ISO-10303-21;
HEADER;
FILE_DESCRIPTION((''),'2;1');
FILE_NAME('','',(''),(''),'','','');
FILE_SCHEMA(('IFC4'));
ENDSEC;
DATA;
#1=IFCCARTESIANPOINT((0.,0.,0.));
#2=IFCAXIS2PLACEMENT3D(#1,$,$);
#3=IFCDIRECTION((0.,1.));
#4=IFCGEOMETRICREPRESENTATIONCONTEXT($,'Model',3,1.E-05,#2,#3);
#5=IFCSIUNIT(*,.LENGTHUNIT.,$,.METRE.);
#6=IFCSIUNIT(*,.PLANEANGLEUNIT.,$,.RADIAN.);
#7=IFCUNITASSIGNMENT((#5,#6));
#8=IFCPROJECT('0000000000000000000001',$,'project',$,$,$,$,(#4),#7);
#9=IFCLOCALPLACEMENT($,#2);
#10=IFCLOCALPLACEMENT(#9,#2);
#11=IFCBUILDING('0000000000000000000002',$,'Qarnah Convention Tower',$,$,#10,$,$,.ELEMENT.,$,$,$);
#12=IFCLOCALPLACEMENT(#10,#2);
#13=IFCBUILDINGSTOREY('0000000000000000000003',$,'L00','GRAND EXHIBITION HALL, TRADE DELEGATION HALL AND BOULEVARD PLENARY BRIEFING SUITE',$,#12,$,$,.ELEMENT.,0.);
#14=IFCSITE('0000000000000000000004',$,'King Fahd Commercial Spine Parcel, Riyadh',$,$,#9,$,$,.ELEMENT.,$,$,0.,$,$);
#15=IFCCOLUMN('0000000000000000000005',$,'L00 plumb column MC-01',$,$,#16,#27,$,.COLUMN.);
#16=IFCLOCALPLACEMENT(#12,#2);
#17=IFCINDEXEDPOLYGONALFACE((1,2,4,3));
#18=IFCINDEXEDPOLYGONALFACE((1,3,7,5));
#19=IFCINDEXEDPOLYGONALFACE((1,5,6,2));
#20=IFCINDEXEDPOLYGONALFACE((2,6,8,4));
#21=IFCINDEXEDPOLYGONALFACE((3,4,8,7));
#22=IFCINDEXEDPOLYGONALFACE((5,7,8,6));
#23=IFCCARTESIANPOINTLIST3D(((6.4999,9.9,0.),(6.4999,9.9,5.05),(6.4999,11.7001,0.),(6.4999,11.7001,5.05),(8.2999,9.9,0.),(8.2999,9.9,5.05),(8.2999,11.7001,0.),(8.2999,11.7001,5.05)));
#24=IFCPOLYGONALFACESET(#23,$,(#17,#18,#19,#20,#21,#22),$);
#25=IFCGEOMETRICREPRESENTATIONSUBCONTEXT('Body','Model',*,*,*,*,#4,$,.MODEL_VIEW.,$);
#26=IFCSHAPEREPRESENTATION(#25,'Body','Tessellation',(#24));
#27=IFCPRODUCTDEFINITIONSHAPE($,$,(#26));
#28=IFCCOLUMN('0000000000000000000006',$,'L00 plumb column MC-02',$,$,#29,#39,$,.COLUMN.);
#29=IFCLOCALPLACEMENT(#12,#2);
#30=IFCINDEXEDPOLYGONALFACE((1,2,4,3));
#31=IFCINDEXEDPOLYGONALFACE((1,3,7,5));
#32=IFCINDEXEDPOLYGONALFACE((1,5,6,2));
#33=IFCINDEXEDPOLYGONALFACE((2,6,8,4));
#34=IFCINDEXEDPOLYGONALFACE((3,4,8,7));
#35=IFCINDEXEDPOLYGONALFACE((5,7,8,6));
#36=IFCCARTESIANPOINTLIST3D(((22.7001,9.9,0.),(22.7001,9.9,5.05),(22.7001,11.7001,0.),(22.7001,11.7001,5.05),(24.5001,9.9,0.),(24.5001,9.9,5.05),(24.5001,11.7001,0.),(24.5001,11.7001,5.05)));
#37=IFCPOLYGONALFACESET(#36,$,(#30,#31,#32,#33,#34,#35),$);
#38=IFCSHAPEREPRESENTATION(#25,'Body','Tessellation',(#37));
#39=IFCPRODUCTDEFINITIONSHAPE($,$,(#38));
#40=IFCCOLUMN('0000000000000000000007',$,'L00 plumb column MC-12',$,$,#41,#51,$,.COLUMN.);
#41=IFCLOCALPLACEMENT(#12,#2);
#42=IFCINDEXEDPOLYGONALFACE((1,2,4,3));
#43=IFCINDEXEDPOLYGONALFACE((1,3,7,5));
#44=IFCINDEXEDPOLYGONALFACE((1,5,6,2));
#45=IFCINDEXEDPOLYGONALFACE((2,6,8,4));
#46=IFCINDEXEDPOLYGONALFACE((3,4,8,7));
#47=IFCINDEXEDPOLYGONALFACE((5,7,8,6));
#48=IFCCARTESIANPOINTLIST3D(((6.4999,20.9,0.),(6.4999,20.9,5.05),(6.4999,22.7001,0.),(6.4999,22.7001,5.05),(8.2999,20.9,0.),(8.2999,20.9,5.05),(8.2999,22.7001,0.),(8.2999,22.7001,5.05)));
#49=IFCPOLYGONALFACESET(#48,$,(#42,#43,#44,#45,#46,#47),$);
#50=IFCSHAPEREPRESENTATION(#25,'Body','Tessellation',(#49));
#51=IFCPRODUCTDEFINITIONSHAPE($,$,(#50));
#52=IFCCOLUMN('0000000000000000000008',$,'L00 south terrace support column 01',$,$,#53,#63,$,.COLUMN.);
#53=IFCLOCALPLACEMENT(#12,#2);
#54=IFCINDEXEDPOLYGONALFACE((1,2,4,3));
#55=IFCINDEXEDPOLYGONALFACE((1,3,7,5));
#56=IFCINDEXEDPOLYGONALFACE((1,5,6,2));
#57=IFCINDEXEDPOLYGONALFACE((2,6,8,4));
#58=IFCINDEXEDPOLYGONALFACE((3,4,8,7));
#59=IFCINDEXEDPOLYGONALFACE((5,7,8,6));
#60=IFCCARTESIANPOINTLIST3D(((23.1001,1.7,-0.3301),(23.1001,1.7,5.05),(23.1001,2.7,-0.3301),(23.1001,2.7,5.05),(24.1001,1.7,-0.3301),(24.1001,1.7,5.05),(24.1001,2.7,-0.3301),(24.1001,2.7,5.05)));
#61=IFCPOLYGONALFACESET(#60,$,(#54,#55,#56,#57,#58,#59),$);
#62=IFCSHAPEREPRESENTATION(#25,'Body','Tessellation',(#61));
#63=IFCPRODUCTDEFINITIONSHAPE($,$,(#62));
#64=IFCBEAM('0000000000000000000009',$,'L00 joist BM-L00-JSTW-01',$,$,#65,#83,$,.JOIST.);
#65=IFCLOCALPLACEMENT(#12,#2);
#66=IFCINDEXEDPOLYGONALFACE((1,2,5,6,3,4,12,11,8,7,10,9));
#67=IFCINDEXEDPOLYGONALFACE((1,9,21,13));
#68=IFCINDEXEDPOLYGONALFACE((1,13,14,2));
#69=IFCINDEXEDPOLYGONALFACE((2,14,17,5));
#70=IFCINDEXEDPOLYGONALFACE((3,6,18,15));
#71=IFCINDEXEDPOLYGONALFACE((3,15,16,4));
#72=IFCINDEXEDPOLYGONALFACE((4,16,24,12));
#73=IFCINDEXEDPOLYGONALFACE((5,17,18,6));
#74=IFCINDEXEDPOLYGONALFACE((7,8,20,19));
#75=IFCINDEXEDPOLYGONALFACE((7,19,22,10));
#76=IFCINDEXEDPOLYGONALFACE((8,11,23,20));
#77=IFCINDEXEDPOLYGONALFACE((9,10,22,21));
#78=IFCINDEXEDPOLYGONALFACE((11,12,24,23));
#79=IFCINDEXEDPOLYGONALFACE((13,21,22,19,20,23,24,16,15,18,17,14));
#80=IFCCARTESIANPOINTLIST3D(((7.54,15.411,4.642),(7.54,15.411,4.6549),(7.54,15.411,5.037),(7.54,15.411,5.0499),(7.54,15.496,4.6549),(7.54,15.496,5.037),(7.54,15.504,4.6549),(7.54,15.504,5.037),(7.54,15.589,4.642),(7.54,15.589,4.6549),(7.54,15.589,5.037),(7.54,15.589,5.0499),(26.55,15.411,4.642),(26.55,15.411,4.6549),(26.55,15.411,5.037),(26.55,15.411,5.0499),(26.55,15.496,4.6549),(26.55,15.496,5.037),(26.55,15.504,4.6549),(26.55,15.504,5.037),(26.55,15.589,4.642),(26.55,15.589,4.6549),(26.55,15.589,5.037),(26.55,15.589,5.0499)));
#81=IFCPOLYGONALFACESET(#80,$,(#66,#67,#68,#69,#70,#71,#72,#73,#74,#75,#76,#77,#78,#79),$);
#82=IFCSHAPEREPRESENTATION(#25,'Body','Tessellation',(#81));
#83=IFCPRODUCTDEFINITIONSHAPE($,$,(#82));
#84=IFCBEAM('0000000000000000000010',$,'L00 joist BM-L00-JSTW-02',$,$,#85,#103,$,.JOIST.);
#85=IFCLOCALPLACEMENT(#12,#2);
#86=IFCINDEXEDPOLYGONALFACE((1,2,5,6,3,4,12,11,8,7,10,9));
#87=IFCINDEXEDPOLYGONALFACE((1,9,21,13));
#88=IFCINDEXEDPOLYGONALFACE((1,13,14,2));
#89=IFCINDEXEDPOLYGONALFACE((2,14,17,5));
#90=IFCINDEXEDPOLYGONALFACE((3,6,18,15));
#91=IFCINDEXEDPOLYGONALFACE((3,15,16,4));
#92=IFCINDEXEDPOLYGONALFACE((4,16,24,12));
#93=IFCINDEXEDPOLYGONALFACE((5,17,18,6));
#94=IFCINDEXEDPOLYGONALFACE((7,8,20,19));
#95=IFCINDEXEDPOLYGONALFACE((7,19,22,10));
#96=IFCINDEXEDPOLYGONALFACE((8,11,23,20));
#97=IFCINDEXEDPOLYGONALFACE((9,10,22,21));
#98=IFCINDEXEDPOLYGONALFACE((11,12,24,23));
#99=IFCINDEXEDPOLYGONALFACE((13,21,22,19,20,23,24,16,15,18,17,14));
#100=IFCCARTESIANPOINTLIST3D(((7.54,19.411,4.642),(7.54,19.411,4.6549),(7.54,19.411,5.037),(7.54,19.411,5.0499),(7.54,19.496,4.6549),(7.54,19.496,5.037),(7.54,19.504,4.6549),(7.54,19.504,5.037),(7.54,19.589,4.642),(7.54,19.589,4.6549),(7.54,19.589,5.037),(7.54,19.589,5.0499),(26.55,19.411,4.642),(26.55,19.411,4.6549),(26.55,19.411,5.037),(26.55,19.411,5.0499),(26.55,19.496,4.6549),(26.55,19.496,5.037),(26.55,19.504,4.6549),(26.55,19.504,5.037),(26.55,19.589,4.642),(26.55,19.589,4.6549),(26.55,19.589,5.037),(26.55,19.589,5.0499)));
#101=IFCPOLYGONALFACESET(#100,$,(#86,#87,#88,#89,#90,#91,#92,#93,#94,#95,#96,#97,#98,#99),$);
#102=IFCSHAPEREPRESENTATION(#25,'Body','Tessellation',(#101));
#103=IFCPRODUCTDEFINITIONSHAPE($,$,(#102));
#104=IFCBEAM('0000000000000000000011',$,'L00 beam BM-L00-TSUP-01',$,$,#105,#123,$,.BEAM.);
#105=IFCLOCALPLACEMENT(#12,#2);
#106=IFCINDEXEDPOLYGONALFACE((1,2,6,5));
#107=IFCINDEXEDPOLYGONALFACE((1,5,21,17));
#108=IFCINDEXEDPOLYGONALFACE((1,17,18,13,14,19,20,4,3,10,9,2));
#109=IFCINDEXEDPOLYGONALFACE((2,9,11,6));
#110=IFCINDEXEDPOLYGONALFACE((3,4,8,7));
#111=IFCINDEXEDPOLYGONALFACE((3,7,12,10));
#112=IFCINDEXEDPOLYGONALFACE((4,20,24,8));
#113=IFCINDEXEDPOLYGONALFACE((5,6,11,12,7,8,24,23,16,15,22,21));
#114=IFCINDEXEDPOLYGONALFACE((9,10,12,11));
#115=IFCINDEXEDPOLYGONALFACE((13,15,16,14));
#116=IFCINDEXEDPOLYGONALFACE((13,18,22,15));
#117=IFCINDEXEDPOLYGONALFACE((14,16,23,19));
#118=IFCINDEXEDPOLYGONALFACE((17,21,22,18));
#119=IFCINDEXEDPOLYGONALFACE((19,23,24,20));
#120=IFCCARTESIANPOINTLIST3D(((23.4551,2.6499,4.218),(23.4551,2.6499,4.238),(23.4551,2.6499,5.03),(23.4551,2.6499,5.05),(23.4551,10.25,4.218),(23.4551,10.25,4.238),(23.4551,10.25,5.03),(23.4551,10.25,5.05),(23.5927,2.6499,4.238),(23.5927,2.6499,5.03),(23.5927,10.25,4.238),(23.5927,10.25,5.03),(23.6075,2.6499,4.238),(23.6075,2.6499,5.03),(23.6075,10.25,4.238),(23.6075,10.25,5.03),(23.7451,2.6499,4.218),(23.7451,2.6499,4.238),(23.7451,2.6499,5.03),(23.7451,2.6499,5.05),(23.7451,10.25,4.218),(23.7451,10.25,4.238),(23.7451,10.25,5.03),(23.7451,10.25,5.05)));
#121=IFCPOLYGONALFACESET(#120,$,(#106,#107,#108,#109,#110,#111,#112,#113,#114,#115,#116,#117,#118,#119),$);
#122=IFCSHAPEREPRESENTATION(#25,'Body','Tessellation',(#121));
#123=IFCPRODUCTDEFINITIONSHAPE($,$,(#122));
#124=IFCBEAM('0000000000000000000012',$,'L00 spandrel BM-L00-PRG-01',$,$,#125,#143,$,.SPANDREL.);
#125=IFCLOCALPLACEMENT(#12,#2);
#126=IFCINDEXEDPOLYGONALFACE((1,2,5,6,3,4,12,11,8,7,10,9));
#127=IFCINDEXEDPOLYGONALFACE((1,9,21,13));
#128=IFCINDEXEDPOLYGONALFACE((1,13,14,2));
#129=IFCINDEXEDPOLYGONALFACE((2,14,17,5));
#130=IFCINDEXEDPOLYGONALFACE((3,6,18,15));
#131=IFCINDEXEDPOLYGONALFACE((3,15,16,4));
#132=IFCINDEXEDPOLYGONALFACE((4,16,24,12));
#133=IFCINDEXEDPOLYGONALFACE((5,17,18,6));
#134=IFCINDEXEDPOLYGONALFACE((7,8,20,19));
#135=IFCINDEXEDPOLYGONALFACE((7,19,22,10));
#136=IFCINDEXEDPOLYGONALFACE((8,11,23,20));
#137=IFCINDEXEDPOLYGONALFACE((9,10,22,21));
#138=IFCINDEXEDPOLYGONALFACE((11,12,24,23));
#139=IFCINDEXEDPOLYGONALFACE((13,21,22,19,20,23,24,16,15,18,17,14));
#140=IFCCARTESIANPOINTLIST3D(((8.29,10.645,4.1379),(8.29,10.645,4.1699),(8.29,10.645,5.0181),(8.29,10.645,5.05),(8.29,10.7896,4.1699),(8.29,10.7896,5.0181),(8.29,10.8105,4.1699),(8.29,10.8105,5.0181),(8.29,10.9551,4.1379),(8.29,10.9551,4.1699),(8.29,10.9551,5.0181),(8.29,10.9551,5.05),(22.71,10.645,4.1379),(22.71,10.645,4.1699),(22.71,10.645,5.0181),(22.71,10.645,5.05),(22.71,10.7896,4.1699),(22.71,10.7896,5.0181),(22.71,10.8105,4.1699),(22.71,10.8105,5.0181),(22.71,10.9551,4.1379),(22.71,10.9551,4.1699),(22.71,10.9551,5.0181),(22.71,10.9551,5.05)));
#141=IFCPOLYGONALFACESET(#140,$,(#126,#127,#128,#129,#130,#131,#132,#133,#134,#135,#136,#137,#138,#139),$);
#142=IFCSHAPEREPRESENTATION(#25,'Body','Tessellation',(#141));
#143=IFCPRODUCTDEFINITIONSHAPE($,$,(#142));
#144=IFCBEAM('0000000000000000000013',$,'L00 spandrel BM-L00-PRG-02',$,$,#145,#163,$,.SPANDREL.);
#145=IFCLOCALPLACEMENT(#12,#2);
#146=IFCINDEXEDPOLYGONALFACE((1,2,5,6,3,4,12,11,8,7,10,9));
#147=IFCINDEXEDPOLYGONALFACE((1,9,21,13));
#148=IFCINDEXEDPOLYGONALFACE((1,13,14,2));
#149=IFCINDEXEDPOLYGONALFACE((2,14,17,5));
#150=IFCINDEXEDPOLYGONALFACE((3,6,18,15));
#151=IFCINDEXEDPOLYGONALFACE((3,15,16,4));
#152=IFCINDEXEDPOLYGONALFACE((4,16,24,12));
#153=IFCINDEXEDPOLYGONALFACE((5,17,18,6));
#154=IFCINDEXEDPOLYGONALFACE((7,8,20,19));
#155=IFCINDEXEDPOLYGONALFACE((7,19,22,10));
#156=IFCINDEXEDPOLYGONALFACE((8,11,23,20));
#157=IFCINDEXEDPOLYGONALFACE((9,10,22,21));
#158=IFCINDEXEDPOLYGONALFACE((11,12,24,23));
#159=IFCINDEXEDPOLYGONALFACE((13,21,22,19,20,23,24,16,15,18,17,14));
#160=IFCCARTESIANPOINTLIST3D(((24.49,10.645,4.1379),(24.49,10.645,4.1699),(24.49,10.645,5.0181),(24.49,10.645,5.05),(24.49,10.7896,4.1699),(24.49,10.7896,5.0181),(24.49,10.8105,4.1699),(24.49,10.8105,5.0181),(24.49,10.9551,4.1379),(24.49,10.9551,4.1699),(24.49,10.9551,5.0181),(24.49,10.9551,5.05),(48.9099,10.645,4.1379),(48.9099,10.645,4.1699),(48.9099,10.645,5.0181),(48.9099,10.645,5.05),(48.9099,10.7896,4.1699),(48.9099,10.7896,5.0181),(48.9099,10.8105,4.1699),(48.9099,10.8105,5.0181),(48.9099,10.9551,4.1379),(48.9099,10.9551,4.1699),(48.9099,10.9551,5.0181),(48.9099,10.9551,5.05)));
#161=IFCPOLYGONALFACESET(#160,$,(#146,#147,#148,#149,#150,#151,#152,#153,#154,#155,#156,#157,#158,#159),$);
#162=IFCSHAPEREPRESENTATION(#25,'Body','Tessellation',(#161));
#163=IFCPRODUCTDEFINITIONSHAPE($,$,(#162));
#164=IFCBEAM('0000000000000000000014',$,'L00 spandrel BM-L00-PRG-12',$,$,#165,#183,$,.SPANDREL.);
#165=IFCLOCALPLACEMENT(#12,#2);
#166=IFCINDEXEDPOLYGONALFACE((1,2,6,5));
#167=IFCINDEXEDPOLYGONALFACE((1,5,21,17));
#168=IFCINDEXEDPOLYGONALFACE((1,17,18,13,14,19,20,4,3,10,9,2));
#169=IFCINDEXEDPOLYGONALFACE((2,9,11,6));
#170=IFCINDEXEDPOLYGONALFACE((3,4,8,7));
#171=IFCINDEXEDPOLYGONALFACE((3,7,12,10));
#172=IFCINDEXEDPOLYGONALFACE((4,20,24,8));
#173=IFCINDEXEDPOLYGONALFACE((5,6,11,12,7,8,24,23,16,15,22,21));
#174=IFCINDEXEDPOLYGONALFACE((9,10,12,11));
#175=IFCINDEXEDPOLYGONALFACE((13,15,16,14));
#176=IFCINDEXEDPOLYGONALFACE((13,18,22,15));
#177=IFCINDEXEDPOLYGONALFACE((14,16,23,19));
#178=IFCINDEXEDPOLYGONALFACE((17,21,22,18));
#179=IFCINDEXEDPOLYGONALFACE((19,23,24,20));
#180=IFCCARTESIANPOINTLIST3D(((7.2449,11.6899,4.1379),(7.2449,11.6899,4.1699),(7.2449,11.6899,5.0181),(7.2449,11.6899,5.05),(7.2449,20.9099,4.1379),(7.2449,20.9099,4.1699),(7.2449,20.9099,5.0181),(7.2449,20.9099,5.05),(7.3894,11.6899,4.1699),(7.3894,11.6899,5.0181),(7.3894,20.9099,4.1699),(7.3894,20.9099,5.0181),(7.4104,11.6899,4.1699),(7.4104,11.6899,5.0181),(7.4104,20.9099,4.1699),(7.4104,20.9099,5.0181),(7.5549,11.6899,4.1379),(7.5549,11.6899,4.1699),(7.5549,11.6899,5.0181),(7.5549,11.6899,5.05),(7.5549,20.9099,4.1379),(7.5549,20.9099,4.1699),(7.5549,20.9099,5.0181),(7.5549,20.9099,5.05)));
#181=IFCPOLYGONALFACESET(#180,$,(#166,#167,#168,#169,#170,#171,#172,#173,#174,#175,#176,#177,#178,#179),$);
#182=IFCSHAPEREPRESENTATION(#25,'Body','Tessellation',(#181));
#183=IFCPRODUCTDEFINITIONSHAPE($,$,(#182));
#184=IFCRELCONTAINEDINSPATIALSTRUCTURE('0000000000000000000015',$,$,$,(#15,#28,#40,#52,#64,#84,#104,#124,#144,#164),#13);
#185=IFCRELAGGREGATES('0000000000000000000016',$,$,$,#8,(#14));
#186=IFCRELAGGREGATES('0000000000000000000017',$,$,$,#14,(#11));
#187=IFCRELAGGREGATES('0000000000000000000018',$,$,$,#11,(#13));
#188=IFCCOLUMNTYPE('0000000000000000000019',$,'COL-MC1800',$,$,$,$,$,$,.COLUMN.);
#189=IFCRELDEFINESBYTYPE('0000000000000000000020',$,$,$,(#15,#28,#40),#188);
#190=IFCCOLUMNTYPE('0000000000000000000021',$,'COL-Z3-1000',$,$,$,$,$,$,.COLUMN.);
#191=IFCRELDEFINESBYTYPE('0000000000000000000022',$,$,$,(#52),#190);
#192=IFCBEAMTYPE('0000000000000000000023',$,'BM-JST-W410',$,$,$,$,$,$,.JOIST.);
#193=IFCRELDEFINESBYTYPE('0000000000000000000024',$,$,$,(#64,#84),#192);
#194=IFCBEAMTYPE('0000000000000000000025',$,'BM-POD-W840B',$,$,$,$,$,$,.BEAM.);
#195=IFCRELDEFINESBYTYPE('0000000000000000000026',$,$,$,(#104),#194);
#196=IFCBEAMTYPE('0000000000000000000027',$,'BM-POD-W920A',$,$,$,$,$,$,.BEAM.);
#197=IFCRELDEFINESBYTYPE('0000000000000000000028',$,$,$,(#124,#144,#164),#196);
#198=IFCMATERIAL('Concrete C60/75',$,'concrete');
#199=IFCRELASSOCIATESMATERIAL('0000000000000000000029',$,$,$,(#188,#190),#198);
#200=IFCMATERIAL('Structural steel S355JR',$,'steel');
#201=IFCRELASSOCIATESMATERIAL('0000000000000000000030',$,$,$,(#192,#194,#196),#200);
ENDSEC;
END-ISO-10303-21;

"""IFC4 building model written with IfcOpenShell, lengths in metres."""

from ifc_helpers import new_model, si_unit, direction, frame, origin, origin_2d, place, context, subcontext, project, spatial, rectangle, i_section, extrude, material, material_profile, profile_set, type_object, element, save


model = new_model("IFC4")

# Units and contexts
model_context = context("Model", 3, precision=1e-05, world=origin(), true_north=direction((0.0, 1.0)))
body_context = subcontext(model_context, "Body", "Model", "MODEL_VIEW")
ifc_project = project(units=[si_unit("LENGTHUNIT", "METRE"), si_unit("PLANEANGLEUNIT", "RADIAN")], contexts=[model_context])

# Site, building, storey
site_placement = place(None, origin())
site = spatial("IfcSite", under=ifc_project, at=site_placement, Name="King Fahd Commercial Spine Parcel, Riyadh", CompositionType="ELEMENT", RefElevation=0.0)
building_placement = place(site_placement, origin())
building = spatial("IfcBuilding", under=site, at=building_placement, Name="Qarnah Convention Tower", CompositionType="ELEMENT")
storey_placement = place(building_placement, origin())
storey = spatial("IfcBuildingStorey", under=building, at=storey_placement, Name="L00", Description="GRAND EXHIBITION HALL, TRADE DELEGATION HALL AND BOULEVARD PLENARY BRIEFING SUITE", CompositionType="ELEMENT", Elevation=0.0)

# Columns
ifc_material_1 = material(Name="Concrete C60/75", Category="concrete")
ifc_material_profile_1 = material_profile(ifc_material_1, rectangle(XDim=1.8, YDim=1.8, at=origin_2d()), Name="RC-COL-1800X1800")
ifc_profile_set_1 = profile_set([ifc_material_profile_1], Name="Concrete C60/75")
column_type_1 = type_object("IfcColumnType", Name="COL-MC1800", PredefinedType="COLUMN", material=ifc_profile_set_1)
for number, where, z_axis, x_axis, name in (
    (1, (7.3999, 10.8, 0.0), (0.0, 0.0, 1.0), (1.0, 0.0, 0.0), "L00 plumb column MC-01"),
    (2, (23.6001, 10.8, 0.0), (0.0, 0.0, 1.0), (1.0, 0.0, 0.0), "L00 plumb column MC-02"),
    (3, (7.3999, 21.8, 0.0), (0.0, 0.0, 1.0), (1.0, 0.0, 0.0), "L00 plumb column MC-12"),
):
    element("IfcColumn", number, at=place(storey_placement, frame(where, z_axis=z_axis, x_axis=x_axis)), inside=storey, type_object=column_type_1, Name=name, PredefinedType="COLUMN", context=body_context, shape_type="SweptSolid", body=[
        extrude(rectangle(XDim=1.8, YDim=1.8, at=origin_2d()), origin(), (0.0, 0.0, 1.0), 5.05),
    ])
ifc_material_profile_2 = material_profile(ifc_material_1, rectangle(XDim=1.0, YDim=1.0, at=origin_2d()), Name="RC-COL-1000X1000")
ifc_profile_set_2 = profile_set([ifc_material_profile_2], Name="Concrete C60/75")
column_type_2 = type_object("IfcColumnType", Name="COL-Z3-1000", PredefinedType="COLUMN", material=ifc_profile_set_2)
column_placement = place(storey_placement, frame((23.6001, 2.2, -0.3301), z_axis=(0.0, 0.0, 1.0), x_axis=(1.0, 0.0, 0.0)))
element("IfcColumn", 4, at=column_placement, inside=storey, type_object=column_type_2, Name="L00 south terrace support column 01", PredefinedType="COLUMN", context=body_context, shape_type="SweptSolid", body=[
    extrude(rectangle(XDim=1.0, YDim=1.0, at=origin_2d()), origin(), (0.0, 0.0, 1.0), 5.3801),
])

# Beams
ifc_material_2 = material(Name="Structural steel S355JR", Category="steel")
ifc_material_profile_3 = material_profile(ifc_material_2, i_section(OverallWidth=0.178, OverallDepth=0.408, WebThickness=0.0081, FlangeThickness=0.0129, at=origin_2d()), Name="W410X60")
ifc_profile_set_3 = profile_set([ifc_material_profile_3], Name="Structural steel S355JR")
beam_type_1 = type_object("IfcBeamType", Name="BM-JST-W410", PredefinedType="JOIST", material=ifc_profile_set_3)
for number, where, z_axis, x_axis, name in (
    (5, (7.54, 15.5, 4.8459), (1.0, 0.0, 0.0), (0.0, 1.0, 0.0), "L00 joist BM-L00-JSTW-01"),
    (6, (7.54, 19.5, 4.8459), (1.0, 0.0, 0.0), (0.0, 1.0, 0.0), "L00 joist BM-L00-JSTW-02"),
):
    element("IfcBeam", number, at=place(storey_placement, frame(where, z_axis=z_axis, x_axis=x_axis)), inside=storey, type_object=beam_type_1, Name=name, PredefinedType="JOIST", context=body_context, shape_type="SweptSolid", body=[
        extrude(i_section(OverallWidth=0.178, OverallDepth=0.408, WebThickness=0.0081, FlangeThickness=0.0129, at=origin_2d()), origin(), (0.0, 0.0, 1.0), 19.01),
    ])
ifc_material_profile_4 = material_profile(ifc_material_2, i_section(OverallWidth=0.29, OverallDepth=0.832, WebThickness=0.0149, FlangeThickness=0.02, at=origin_2d()), Name="W840X193")
ifc_profile_set_4 = profile_set([ifc_material_profile_4], Name="Structural steel S355JR")
beam_type_2 = type_object("IfcBeamType", Name="BM-POD-W840B", PredefinedType="BEAM", material=ifc_profile_set_4)
beam_1_placement = place(storey_placement, frame((23.6001, 2.6499, 4.634), z_axis=(0.0, 1.0, 0.0), x_axis=(-1.0, 0.0, 0.0)))
element("IfcBeam", 7, at=beam_1_placement, inside=storey, type_object=beam_type_2, Name="L00 beam BM-L00-TSUP-01", PredefinedType="BEAM", context=body_context, shape_type="SweptSolid", body=[
    extrude(i_section(OverallWidth=0.29, OverallDepth=0.832, WebThickness=0.0149, FlangeThickness=0.02, at=origin_2d()), origin(), (0.0, 0.0, 1.0), 7.6001),
])
ifc_material_profile_5 = material_profile(ifc_material_2, i_section(OverallWidth=0.3101, OverallDepth=0.9121, WebThickness=0.021, FlangeThickness=0.032, at=origin_2d()), Name="W920X342")
ifc_profile_set_5 = profile_set([ifc_material_profile_5], Name="Structural steel S355JR")
beam_type_3 = type_object("IfcBeamType", Name="BM-POD-W920A", PredefinedType="BEAM", material=ifc_profile_set_5)
beam_2_placement = place(storey_placement, frame((8.29, 10.8, 4.594), z_axis=(1.0, 0.0, 0.0), x_axis=(0.0, 1.0, 0.0)))
element("IfcBeam", 8, at=beam_2_placement, inside=storey, type_object=beam_type_3, Name="L00 spandrel BM-L00-PRG-01", PredefinedType="SPANDREL", context=body_context, shape_type="SweptSolid", body=[
    extrude(i_section(OverallWidth=0.3101, OverallDepth=0.9121, WebThickness=0.021, FlangeThickness=0.032, at=origin_2d()), origin(), (0.0, 0.0, 1.0), 14.4199),
])
beam_3_placement = place(storey_placement, frame((24.49, 10.8, 4.594), z_axis=(1.0, 0.0, 0.0), x_axis=(0.0, 1.0, 0.0)))
element("IfcBeam", 9, at=beam_3_placement, inside=storey, type_object=beam_type_3, Name="L00 spandrel BM-L00-PRG-02", PredefinedType="SPANDREL", context=body_context, shape_type="SweptSolid", body=[
    extrude(i_section(OverallWidth=0.3101, OverallDepth=0.9121, WebThickness=0.021, FlangeThickness=0.032, at=origin_2d()), origin(), (0.0, 0.0, 1.0), 24.4199),
])
beam_4_placement = place(storey_placement, frame((7.3999, 20.9099, 4.594), z_axis=(0.0, -1.0, 0.0), x_axis=(1.0, 0.0, 0.0)))
element("IfcBeam", 10, at=beam_4_placement, inside=storey, type_object=beam_type_3, Name="L00 spandrel BM-L00-PRG-12", PredefinedType="SPANDREL", context=body_context, shape_type="SweptSolid", body=[
    extrude(i_section(OverallWidth=0.3101, OverallDepth=0.9121, WebThickness=0.021, FlangeThickness=0.032, at=origin_2d()), origin(), (0.0, 0.0, 1.0), 9.22),
])

save(model, "model.ifc")
